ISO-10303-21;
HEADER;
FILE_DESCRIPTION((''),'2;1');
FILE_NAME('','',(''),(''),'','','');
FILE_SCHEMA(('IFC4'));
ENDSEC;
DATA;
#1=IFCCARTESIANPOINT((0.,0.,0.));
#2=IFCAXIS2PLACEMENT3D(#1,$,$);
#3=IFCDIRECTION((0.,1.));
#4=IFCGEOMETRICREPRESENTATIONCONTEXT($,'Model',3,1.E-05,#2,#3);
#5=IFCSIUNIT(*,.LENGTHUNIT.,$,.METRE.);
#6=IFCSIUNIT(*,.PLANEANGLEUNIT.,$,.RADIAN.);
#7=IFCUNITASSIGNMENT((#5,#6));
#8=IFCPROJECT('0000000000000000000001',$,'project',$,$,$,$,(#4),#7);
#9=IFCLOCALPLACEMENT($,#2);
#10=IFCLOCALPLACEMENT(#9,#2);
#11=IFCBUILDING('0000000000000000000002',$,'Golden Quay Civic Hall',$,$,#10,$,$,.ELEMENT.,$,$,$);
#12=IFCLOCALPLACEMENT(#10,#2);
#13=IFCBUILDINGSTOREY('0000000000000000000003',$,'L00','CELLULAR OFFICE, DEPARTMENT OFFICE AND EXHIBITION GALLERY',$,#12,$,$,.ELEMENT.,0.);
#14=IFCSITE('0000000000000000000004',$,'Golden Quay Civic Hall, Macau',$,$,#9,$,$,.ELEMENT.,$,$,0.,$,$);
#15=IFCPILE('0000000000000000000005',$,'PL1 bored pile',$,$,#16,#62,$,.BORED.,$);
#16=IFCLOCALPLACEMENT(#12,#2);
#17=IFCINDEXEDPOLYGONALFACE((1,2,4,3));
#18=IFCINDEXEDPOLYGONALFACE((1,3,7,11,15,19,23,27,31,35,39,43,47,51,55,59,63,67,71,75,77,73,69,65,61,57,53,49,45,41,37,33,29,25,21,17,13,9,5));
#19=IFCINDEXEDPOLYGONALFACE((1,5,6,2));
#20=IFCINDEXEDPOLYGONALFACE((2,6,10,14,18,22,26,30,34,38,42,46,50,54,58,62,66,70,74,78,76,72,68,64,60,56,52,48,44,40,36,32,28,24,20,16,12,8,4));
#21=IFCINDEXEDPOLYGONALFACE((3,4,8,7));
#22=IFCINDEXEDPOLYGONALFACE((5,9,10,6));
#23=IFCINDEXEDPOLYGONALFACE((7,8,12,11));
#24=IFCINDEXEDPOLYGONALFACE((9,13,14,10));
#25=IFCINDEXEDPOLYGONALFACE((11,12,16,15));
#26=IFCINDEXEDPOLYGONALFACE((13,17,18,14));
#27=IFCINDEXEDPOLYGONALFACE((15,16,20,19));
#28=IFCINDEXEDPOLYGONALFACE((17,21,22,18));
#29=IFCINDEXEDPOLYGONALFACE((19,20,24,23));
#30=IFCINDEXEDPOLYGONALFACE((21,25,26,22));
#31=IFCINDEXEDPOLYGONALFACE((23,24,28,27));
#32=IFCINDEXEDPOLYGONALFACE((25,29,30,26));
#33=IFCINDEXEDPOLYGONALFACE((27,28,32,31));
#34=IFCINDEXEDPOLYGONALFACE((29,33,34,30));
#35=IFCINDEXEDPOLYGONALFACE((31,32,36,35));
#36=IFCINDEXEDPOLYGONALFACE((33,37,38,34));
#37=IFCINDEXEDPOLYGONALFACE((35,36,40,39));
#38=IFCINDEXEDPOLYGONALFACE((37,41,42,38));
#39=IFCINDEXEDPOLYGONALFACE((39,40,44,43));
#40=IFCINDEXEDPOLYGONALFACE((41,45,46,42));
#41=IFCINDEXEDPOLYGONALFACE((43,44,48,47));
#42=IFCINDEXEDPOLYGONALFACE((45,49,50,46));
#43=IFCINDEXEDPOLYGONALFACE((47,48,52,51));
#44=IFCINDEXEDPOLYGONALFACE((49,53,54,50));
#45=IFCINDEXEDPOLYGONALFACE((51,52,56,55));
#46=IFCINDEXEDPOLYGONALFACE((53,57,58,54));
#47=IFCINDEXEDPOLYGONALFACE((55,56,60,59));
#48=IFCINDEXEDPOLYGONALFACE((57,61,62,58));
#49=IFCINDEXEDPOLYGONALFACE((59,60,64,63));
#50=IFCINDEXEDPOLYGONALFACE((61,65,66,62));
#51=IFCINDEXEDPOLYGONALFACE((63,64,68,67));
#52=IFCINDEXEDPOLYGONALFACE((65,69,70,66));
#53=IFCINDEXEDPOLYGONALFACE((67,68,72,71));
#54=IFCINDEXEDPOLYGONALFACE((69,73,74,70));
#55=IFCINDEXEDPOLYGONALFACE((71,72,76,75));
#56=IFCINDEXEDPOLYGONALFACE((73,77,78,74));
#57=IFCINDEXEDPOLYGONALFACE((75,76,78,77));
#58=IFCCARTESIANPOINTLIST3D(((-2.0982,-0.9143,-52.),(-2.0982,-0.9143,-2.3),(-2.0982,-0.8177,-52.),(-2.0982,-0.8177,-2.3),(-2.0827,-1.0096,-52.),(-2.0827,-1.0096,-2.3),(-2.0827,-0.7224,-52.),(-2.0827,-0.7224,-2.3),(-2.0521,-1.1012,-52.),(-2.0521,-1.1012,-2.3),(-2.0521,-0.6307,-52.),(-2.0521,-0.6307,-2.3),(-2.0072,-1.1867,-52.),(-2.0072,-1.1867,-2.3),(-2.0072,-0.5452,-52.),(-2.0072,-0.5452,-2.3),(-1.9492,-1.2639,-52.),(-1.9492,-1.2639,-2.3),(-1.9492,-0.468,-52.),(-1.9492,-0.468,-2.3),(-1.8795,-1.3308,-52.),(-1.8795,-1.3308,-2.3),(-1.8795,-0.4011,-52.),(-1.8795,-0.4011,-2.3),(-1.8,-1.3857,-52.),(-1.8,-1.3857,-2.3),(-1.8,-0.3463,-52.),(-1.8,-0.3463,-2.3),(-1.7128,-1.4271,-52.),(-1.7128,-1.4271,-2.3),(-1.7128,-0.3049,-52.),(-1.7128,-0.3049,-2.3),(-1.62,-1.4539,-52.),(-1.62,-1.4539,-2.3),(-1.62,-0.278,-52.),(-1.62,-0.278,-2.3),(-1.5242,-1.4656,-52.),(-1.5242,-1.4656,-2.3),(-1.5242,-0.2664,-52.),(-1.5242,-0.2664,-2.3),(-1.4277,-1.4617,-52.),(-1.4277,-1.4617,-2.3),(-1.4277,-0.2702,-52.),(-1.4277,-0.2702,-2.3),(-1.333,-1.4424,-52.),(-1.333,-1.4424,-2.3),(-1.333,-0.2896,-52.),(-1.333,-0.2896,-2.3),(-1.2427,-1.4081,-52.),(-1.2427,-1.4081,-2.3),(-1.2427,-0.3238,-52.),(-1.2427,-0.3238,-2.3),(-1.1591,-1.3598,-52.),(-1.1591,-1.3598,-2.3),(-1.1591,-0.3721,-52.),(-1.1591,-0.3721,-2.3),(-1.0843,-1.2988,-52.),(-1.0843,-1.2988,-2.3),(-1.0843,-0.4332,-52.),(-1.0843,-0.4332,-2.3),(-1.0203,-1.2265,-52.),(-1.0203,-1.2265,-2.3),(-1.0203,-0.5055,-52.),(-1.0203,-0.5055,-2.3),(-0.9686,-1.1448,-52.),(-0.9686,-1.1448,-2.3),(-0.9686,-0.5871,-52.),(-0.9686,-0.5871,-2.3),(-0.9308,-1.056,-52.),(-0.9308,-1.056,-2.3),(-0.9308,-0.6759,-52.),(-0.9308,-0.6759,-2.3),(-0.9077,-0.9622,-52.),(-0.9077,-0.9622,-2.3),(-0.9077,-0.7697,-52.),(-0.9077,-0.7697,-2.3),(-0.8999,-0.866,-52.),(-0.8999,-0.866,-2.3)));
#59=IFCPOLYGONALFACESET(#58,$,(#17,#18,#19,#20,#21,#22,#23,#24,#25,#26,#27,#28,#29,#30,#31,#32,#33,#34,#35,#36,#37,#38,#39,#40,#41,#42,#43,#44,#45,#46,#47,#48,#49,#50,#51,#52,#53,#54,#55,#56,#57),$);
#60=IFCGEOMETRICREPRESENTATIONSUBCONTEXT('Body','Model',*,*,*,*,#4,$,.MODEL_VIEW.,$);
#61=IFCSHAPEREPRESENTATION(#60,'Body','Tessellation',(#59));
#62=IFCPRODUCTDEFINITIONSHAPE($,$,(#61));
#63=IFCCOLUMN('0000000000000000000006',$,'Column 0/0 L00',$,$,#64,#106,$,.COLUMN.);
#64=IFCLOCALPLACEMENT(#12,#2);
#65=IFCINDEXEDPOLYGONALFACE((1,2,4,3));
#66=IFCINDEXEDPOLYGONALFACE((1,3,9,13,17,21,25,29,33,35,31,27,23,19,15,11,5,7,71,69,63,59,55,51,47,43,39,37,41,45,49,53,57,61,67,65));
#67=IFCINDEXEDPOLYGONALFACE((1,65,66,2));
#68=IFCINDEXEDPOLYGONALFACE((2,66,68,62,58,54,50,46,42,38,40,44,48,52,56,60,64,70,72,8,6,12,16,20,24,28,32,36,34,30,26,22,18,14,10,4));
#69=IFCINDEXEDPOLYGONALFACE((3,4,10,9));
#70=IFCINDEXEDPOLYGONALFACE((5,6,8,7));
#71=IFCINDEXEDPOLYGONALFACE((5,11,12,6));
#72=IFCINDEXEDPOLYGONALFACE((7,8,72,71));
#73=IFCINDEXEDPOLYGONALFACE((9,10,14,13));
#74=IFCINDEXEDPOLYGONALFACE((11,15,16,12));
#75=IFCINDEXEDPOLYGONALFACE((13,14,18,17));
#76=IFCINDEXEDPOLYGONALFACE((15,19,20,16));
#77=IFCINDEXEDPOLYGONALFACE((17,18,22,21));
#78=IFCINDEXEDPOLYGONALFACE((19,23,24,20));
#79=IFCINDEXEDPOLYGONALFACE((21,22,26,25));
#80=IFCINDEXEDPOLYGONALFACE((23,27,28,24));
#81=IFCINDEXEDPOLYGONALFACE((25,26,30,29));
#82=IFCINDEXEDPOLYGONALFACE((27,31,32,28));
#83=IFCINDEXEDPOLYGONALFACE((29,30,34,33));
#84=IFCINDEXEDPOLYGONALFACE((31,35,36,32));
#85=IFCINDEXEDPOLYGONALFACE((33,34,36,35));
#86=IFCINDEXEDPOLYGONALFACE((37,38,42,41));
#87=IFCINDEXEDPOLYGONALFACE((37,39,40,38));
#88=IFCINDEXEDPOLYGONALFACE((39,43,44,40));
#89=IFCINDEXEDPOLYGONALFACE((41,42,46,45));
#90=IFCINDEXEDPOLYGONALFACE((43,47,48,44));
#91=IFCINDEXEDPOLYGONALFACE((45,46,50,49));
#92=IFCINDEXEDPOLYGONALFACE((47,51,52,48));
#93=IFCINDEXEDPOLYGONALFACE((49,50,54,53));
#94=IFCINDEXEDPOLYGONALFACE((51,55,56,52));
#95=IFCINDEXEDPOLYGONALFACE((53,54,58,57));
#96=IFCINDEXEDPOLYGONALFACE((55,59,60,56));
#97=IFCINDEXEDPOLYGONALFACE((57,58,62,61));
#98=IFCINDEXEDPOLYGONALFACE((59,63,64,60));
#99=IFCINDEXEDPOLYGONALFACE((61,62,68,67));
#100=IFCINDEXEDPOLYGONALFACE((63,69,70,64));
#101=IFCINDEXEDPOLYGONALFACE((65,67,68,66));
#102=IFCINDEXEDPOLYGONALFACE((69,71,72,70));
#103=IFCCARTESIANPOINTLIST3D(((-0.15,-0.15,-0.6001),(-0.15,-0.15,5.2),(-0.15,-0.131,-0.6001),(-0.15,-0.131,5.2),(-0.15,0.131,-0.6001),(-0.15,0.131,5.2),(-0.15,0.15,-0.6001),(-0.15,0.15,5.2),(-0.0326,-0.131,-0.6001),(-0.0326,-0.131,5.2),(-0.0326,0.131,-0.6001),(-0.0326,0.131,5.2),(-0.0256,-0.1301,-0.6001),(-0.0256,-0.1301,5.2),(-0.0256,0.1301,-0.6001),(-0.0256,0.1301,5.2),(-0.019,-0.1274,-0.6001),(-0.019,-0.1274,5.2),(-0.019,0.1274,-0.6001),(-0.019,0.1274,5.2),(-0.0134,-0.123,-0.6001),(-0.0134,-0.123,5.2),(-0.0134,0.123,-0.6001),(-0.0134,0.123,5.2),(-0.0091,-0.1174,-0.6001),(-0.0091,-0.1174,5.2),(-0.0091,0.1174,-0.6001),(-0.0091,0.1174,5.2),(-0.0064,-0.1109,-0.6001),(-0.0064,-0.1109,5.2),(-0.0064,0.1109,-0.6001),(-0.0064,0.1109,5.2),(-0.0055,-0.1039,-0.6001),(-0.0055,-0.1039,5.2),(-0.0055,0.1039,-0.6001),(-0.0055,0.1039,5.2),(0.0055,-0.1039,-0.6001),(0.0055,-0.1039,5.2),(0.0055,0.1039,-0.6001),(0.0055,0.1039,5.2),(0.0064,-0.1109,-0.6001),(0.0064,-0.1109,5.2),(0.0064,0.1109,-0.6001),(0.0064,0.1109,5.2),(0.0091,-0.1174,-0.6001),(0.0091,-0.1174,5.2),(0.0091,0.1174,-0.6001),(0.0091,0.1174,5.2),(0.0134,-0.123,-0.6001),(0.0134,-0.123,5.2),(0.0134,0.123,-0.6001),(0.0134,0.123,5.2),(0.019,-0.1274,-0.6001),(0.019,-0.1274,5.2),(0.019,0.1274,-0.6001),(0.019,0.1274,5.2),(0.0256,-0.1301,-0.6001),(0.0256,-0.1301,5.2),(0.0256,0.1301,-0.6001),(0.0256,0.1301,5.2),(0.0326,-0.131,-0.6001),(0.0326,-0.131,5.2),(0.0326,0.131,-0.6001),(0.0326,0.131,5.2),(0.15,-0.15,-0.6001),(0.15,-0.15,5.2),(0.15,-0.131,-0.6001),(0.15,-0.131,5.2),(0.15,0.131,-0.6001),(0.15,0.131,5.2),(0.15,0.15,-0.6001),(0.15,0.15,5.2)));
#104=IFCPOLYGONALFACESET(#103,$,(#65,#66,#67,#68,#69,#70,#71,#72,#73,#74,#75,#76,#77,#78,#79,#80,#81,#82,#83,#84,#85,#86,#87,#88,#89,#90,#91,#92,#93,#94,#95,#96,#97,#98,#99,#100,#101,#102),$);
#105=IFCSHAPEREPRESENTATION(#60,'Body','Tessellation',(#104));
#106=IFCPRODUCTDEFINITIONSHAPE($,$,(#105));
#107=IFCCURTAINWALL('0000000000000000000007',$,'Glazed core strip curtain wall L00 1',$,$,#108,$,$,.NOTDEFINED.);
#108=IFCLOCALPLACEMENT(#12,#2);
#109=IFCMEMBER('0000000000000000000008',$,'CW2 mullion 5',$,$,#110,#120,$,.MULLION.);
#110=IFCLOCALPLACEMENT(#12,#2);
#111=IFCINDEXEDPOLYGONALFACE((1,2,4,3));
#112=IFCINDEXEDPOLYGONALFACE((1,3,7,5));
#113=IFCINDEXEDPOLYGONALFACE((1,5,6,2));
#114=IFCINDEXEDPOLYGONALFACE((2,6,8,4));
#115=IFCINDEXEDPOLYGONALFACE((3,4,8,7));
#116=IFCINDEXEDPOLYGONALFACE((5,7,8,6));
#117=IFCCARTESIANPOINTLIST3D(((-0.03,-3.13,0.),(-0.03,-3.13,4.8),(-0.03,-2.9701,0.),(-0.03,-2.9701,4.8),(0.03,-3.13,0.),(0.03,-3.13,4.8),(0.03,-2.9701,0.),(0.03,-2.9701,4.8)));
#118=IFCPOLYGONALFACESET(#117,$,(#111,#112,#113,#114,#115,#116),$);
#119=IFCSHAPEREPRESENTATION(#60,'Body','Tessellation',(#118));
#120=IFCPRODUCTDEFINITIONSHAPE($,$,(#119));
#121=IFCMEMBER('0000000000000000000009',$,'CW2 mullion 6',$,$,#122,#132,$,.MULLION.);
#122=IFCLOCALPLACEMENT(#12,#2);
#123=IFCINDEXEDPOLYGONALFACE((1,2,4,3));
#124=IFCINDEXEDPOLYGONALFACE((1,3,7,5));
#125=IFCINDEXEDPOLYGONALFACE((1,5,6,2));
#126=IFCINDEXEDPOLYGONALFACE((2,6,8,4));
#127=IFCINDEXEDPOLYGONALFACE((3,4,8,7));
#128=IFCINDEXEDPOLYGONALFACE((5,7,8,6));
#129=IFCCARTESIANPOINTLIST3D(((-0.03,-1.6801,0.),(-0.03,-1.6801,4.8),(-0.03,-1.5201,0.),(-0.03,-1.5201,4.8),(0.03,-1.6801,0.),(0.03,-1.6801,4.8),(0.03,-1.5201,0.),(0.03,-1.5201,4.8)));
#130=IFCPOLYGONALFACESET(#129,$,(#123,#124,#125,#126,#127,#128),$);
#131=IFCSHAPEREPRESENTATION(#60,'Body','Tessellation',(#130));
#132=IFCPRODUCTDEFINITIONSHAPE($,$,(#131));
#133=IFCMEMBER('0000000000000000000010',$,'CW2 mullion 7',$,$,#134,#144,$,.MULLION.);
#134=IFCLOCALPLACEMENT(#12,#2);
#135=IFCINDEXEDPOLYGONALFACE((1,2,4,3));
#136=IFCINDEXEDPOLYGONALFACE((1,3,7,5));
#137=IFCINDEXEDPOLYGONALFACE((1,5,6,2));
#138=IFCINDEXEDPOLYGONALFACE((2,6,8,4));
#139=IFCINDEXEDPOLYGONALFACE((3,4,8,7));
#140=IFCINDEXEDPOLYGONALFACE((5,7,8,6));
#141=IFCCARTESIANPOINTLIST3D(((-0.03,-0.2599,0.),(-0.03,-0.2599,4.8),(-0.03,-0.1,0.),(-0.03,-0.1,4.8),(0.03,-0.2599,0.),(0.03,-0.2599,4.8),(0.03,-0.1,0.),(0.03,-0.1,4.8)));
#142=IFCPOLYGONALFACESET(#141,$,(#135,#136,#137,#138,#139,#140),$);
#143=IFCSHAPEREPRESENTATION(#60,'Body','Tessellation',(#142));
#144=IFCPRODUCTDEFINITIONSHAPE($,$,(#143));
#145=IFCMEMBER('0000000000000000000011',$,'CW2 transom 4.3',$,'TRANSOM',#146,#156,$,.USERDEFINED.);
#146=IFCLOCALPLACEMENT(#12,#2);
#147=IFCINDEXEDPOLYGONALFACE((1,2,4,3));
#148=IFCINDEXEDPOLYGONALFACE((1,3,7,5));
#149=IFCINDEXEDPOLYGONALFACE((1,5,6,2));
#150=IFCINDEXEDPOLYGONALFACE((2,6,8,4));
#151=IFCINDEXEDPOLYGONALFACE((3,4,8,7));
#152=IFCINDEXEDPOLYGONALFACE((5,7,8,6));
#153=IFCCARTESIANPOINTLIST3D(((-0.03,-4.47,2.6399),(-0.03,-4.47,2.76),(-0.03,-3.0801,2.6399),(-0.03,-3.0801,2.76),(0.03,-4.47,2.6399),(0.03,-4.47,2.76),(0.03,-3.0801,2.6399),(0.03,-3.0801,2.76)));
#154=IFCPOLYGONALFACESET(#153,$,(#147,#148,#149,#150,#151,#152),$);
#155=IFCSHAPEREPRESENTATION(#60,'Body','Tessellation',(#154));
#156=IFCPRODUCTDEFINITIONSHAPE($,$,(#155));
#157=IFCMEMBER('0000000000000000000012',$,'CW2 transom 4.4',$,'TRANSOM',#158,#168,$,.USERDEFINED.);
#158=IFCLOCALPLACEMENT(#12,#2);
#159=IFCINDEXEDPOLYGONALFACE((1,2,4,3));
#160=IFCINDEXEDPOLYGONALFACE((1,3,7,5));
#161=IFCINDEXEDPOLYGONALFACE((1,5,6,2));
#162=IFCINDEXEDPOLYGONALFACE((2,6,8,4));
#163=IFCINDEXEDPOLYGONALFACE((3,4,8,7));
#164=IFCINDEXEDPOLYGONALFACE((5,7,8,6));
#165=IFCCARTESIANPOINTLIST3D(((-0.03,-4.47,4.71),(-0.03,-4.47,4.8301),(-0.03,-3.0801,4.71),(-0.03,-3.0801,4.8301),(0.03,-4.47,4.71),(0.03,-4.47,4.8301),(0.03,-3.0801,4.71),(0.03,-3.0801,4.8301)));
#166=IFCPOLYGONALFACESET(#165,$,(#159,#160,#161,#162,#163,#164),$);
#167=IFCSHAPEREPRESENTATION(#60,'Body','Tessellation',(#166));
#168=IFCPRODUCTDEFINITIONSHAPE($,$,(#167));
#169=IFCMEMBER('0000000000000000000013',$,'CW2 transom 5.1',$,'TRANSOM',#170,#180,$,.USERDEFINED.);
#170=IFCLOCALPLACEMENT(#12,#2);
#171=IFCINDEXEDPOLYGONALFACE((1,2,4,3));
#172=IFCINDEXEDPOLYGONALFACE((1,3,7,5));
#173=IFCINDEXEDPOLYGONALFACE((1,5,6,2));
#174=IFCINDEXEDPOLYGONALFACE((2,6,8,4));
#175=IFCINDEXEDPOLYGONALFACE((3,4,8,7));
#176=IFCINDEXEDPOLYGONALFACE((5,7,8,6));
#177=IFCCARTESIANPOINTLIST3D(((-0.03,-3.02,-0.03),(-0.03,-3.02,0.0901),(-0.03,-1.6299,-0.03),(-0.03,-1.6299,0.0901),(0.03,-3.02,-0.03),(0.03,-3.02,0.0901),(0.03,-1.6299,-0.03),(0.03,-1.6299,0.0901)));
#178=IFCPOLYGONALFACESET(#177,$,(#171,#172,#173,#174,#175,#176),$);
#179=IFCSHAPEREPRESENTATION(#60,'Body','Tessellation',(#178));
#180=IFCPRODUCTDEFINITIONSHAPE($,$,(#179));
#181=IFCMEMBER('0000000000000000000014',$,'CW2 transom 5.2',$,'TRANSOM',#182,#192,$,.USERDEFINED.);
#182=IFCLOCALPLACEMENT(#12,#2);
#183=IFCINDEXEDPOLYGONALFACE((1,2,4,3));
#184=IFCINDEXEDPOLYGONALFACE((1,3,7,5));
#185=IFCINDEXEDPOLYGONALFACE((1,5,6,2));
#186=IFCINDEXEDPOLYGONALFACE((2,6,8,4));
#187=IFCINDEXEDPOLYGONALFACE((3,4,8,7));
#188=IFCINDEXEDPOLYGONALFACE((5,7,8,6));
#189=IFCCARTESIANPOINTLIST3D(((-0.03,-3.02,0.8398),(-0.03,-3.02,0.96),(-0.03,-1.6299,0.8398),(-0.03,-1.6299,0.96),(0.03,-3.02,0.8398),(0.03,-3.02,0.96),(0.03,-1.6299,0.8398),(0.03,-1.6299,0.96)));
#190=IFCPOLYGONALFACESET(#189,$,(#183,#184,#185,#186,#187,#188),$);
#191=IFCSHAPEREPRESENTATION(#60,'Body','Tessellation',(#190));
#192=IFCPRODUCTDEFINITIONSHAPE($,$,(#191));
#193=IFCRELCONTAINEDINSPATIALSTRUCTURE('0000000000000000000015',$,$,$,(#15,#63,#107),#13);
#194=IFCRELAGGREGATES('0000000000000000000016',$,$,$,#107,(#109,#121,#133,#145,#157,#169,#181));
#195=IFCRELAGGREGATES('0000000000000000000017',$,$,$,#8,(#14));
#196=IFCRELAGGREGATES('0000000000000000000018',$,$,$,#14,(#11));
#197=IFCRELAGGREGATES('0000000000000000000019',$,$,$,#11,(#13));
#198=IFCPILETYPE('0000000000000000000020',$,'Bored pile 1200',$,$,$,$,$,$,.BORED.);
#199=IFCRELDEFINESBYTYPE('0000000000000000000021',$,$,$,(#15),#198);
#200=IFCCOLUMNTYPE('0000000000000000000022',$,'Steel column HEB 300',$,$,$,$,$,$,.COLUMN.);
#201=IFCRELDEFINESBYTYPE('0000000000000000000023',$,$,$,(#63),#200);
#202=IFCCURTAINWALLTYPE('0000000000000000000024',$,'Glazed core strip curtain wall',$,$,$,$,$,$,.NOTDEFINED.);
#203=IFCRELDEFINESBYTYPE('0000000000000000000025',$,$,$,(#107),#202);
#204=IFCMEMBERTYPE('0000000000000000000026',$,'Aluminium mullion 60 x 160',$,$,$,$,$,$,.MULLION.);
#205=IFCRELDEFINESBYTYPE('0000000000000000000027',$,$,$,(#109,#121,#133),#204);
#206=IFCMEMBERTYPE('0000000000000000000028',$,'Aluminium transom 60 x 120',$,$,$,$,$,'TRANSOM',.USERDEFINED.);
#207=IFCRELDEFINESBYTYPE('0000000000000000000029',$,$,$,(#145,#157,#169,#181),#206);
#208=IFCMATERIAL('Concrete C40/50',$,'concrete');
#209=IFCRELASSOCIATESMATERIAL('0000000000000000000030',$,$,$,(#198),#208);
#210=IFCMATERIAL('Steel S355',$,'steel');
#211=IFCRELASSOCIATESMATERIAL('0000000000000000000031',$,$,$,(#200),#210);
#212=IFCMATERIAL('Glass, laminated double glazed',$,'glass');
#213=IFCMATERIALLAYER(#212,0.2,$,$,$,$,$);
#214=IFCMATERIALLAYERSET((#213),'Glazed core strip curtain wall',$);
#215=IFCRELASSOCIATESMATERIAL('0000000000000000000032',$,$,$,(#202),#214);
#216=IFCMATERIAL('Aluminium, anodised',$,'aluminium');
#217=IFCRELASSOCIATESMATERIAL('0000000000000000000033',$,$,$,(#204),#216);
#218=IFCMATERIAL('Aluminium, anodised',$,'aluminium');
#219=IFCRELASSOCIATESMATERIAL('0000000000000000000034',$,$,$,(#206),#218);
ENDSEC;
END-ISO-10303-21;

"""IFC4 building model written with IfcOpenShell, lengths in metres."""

from ifc_helpers import new_model, si_unit, direction, frame, origin, origin_2d, place, context, subcontext, project, spatial, rectangle, circle, i_section, extrude, material, layer, layer_set, material_profile, profile_set, type_object, element, aggregate, save


model = new_model("IFC4")

# Units and contexts
model_context = context("Model", 3, precision=1e-05, world=origin(), true_north=direction((0.0, 1.0)))
body_context = subcontext(model_context, "Body", "Model", "MODEL_VIEW")
ifc_project = project(units=[si_unit("LENGTHUNIT", "METRE"), si_unit("PLANEANGLEUNIT", "RADIAN")], contexts=[model_context])

# Site, building, storey
site_placement = place(None, origin())
site = spatial("IfcSite", under=ifc_project, at=site_placement, Name="Golden Quay Civic Hall, Macau", CompositionType="ELEMENT", RefElevation=0.0)
building_placement = place(site_placement, origin())
building = spatial("IfcBuilding", under=site, at=building_placement, Name="Golden Quay Civic Hall", CompositionType="ELEMENT")
storey_placement = place(building_placement, origin())
storey = spatial("IfcBuildingStorey", under=building, at=storey_placement, Name="L00", Description="CELLULAR OFFICE, DEPARTMENT OFFICE AND EXHIBITION GALLERY", CompositionType="ELEMENT", Elevation=0.0)

# Pile
ifc_material_1 = material(Name="Concrete C40/50", Category="concrete")
ifc_material_profile_1 = material_profile(ifc_material_1, circle(Radius=0.6001, at=origin_2d()), Name="RC D1200")
ifc_profile_set_1 = profile_set([ifc_material_profile_1], Name="Concrete C40/50")
pile_type = type_object("IfcPileType", Name="Bored pile 1200", PredefinedType="BORED", material=ifc_profile_set_1)
pile_placement = place(storey_placement, frame((-1.5, -0.866, -2.3), z_axis=(0.0, 0.0, -1.0), x_axis=(1.0, 0.0, 0.0)))
element("IfcPile", 1, at=pile_placement, inside=storey, type_object=pile_type, Name="PL1 bored pile", PredefinedType="BORED", context=body_context, shape_type="SweptSolid", body=[
    extrude(circle(Radius=0.6001, at=origin_2d()), origin(), (0.0, 0.0, 1.0), 49.7),
])

# Column
ifc_material_2 = material(Name="Steel S355", Category="steel")
ifc_material_profile_2 = material_profile(ifc_material_2, i_section(OverallWidth=0.3, OverallDepth=0.3, WebThickness=0.011, FlangeThickness=0.019, FilletRadius=0.0271, at=origin_2d()), Name="HEB 300")
ifc_profile_set_2 = profile_set([ifc_material_profile_2], Name="Steel S355")
column_type = type_object("IfcColumnType", Name="Steel column HEB 300", PredefinedType="COLUMN", material=ifc_profile_set_2)
column_placement = place(storey_placement, frame((0.0, 0.0, -0.6001), z_axis=(0.0, 0.0, 1.0), x_axis=(1.0, 0.0, 0.0)))
element("IfcColumn", 2, at=column_placement, inside=storey, type_object=column_type, Name="Column 0/0 L00", PredefinedType="COLUMN", context=body_context, shape_type="SweptSolid", body=[
    extrude(i_section(OverallWidth=0.3, OverallDepth=0.3, WebThickness=0.011, FlangeThickness=0.019, FilletRadius=0.0271, at=origin_2d()), origin(), (0.0, 0.0, 1.0), 5.8),
])

# Curtain wall, members
ifc_material_3 = material(Name="Glass, laminated double glazed", Category="glass")
ifc_layer_1 = layer(ifc_material_3, 0.2)
ifc_layer_set_1 = layer_set([ifc_layer_1], Name="Glazed core strip curtain wall")
curtain_wall_type = type_object("IfcCurtainWallType", Name="Glazed core strip curtain wall", PredefinedType="NOTDEFINED", material=ifc_layer_set_1)
curtain_wall_placement = place(storey_placement, origin())
curtain_wall = element("IfcCurtainWall", 3, at=curtain_wall_placement, inside=storey, type_object=curtain_wall_type, Name="Glazed core strip curtain wall L00 1", PredefinedType="NOTDEFINED")
ifc_material_4 = material(Name="Aluminium, anodised", Category="aluminium")
ifc_material_profile_3 = material_profile(ifc_material_4, rectangle(XDim=0.0601, YDim=0.1599, at=origin_2d()), Name="Aluminium 60 x 160")
ifc_profile_set_3 = profile_set([ifc_material_profile_3], Name="Aluminium, anodised")
member_type_1 = type_object("IfcMemberType", Name="Aluminium mullion 60 x 160", PredefinedType="MULLION", material=ifc_profile_set_3)
member_1_placement = place(storey_placement, frame((0.0, -3.05, 0.0), z_axis=(0.0, 0.0, 1.0), x_axis=(-1.0, 0.0, 0.0)))
member_1 = element("IfcMember", 4, at=member_1_placement, type_object=member_type_1, Name="CW2 mullion 5", PredefinedType="MULLION", context=body_context, shape_type="SweptSolid", body=[
    extrude(rectangle(XDim=0.0601, YDim=0.1599, at=origin_2d()), origin(), (0.0, 0.0, 1.0), 4.8),
])
member_2_placement = place(storey_placement, frame((0.0, -1.6001, 0.0), z_axis=(0.0, 0.0, 1.0), x_axis=(-1.0, 0.0, 0.0)))
member_2 = element("IfcMember", 5, at=member_2_placement, type_object=member_type_1, Name="CW2 mullion 6", PredefinedType="MULLION", context=body_context, shape_type="SweptSolid", body=[
    extrude(rectangle(XDim=0.0601, YDim=0.1599, at=origin_2d()), origin(), (0.0, 0.0, 1.0), 4.8),
])
member_3_placement = place(storey_placement, frame((0.0, -0.1799, 0.0), z_axis=(0.0, 0.0, 1.0), x_axis=(-1.0, 0.0, 0.0)))
member_3 = element("IfcMember", 6, at=member_3_placement, type_object=member_type_1, Name="CW2 mullion 7", PredefinedType="MULLION", context=body_context, shape_type="SweptSolid", body=[
    extrude(rectangle(XDim=0.0601, YDim=0.1599, at=origin_2d()), origin(), (0.0, 0.0, 1.0), 4.8),
])
ifc_material_5 = material(Name="Aluminium, anodised", Category="aluminium")
ifc_material_profile_4 = material_profile(ifc_material_5, rectangle(XDim=0.0601, YDim=0.1201, at=origin_2d()), Name="Aluminium 60 x 120")
ifc_profile_set_4 = profile_set([ifc_material_profile_4], Name="Aluminium, anodised")
member_type_2 = type_object("IfcMemberType", Name="Aluminium transom 60 x 120", ElementType="TRANSOM", PredefinedType="USERDEFINED", material=ifc_profile_set_4)
member_4_placement = place(storey_placement, frame((0.0, -4.47, 2.7), z_axis=(0.0, 1.0, 0.0), x_axis=(-1.0, 0.0, 0.0)))
member_4 = element("IfcMember", 7, at=member_4_placement, type_object=member_type_2, Name="CW2 transom 4.3", ObjectType="TRANSOM", PredefinedType="USERDEFINED", context=body_context, shape_type="SweptSolid", body=[
    extrude(rectangle(XDim=0.0601, YDim=0.1201, at=origin_2d()), origin(), (0.0, 0.0, 1.0), 1.3899),
])
member_5_placement = place(storey_placement, frame((0.0, -4.47, 4.77), z_axis=(0.0, 1.0, 0.0), x_axis=(-1.0, 0.0, 0.0)))
member_5 = element("IfcMember", 8, at=member_5_placement, type_object=member_type_2, Name="CW2 transom 4.4", ObjectType="TRANSOM", PredefinedType="USERDEFINED", context=body_context, shape_type="SweptSolid", body=[
    extrude(rectangle(XDim=0.0601, YDim=0.1201, at=origin_2d()), origin(), (0.0, 0.0, 1.0), 1.3899),
])
member_6_placement = place(storey_placement, frame((0.0, -3.02, 0.03), z_axis=(0.0, 1.0, 0.0), x_axis=(-1.0, 0.0, 0.0)))
member_6 = element("IfcMember", 9, at=member_6_placement, type_object=member_type_2, Name="CW2 transom 5.1", ObjectType="TRANSOM", PredefinedType="USERDEFINED", context=body_context, shape_type="SweptSolid", body=[
    extrude(rectangle(XDim=0.0601, YDim=0.1201, at=origin_2d()), origin(), (0.0, 0.0, 1.0), 1.3901),
])
member_7_placement = place(storey_placement, frame((0.0, -3.02, 0.8999), z_axis=(0.0, 1.0, 0.0), x_axis=(-1.0, 0.0, 0.0)))
member_7 = element("IfcMember", 10, at=member_7_placement, type_object=member_type_2, Name="CW2 transom 5.2", ObjectType="TRANSOM", PredefinedType="USERDEFINED", context=body_context, shape_type="SweptSolid", body=[
    extrude(rectangle(XDim=0.0601, YDim=0.1201, at=origin_2d()), origin(), (0.0, 0.0, 1.0), 1.3901),
])
aggregate(curtain_wall, [member_1, member_2, member_3, member_4, member_5, member_6, member_7])

save(model, "model.ifc")
